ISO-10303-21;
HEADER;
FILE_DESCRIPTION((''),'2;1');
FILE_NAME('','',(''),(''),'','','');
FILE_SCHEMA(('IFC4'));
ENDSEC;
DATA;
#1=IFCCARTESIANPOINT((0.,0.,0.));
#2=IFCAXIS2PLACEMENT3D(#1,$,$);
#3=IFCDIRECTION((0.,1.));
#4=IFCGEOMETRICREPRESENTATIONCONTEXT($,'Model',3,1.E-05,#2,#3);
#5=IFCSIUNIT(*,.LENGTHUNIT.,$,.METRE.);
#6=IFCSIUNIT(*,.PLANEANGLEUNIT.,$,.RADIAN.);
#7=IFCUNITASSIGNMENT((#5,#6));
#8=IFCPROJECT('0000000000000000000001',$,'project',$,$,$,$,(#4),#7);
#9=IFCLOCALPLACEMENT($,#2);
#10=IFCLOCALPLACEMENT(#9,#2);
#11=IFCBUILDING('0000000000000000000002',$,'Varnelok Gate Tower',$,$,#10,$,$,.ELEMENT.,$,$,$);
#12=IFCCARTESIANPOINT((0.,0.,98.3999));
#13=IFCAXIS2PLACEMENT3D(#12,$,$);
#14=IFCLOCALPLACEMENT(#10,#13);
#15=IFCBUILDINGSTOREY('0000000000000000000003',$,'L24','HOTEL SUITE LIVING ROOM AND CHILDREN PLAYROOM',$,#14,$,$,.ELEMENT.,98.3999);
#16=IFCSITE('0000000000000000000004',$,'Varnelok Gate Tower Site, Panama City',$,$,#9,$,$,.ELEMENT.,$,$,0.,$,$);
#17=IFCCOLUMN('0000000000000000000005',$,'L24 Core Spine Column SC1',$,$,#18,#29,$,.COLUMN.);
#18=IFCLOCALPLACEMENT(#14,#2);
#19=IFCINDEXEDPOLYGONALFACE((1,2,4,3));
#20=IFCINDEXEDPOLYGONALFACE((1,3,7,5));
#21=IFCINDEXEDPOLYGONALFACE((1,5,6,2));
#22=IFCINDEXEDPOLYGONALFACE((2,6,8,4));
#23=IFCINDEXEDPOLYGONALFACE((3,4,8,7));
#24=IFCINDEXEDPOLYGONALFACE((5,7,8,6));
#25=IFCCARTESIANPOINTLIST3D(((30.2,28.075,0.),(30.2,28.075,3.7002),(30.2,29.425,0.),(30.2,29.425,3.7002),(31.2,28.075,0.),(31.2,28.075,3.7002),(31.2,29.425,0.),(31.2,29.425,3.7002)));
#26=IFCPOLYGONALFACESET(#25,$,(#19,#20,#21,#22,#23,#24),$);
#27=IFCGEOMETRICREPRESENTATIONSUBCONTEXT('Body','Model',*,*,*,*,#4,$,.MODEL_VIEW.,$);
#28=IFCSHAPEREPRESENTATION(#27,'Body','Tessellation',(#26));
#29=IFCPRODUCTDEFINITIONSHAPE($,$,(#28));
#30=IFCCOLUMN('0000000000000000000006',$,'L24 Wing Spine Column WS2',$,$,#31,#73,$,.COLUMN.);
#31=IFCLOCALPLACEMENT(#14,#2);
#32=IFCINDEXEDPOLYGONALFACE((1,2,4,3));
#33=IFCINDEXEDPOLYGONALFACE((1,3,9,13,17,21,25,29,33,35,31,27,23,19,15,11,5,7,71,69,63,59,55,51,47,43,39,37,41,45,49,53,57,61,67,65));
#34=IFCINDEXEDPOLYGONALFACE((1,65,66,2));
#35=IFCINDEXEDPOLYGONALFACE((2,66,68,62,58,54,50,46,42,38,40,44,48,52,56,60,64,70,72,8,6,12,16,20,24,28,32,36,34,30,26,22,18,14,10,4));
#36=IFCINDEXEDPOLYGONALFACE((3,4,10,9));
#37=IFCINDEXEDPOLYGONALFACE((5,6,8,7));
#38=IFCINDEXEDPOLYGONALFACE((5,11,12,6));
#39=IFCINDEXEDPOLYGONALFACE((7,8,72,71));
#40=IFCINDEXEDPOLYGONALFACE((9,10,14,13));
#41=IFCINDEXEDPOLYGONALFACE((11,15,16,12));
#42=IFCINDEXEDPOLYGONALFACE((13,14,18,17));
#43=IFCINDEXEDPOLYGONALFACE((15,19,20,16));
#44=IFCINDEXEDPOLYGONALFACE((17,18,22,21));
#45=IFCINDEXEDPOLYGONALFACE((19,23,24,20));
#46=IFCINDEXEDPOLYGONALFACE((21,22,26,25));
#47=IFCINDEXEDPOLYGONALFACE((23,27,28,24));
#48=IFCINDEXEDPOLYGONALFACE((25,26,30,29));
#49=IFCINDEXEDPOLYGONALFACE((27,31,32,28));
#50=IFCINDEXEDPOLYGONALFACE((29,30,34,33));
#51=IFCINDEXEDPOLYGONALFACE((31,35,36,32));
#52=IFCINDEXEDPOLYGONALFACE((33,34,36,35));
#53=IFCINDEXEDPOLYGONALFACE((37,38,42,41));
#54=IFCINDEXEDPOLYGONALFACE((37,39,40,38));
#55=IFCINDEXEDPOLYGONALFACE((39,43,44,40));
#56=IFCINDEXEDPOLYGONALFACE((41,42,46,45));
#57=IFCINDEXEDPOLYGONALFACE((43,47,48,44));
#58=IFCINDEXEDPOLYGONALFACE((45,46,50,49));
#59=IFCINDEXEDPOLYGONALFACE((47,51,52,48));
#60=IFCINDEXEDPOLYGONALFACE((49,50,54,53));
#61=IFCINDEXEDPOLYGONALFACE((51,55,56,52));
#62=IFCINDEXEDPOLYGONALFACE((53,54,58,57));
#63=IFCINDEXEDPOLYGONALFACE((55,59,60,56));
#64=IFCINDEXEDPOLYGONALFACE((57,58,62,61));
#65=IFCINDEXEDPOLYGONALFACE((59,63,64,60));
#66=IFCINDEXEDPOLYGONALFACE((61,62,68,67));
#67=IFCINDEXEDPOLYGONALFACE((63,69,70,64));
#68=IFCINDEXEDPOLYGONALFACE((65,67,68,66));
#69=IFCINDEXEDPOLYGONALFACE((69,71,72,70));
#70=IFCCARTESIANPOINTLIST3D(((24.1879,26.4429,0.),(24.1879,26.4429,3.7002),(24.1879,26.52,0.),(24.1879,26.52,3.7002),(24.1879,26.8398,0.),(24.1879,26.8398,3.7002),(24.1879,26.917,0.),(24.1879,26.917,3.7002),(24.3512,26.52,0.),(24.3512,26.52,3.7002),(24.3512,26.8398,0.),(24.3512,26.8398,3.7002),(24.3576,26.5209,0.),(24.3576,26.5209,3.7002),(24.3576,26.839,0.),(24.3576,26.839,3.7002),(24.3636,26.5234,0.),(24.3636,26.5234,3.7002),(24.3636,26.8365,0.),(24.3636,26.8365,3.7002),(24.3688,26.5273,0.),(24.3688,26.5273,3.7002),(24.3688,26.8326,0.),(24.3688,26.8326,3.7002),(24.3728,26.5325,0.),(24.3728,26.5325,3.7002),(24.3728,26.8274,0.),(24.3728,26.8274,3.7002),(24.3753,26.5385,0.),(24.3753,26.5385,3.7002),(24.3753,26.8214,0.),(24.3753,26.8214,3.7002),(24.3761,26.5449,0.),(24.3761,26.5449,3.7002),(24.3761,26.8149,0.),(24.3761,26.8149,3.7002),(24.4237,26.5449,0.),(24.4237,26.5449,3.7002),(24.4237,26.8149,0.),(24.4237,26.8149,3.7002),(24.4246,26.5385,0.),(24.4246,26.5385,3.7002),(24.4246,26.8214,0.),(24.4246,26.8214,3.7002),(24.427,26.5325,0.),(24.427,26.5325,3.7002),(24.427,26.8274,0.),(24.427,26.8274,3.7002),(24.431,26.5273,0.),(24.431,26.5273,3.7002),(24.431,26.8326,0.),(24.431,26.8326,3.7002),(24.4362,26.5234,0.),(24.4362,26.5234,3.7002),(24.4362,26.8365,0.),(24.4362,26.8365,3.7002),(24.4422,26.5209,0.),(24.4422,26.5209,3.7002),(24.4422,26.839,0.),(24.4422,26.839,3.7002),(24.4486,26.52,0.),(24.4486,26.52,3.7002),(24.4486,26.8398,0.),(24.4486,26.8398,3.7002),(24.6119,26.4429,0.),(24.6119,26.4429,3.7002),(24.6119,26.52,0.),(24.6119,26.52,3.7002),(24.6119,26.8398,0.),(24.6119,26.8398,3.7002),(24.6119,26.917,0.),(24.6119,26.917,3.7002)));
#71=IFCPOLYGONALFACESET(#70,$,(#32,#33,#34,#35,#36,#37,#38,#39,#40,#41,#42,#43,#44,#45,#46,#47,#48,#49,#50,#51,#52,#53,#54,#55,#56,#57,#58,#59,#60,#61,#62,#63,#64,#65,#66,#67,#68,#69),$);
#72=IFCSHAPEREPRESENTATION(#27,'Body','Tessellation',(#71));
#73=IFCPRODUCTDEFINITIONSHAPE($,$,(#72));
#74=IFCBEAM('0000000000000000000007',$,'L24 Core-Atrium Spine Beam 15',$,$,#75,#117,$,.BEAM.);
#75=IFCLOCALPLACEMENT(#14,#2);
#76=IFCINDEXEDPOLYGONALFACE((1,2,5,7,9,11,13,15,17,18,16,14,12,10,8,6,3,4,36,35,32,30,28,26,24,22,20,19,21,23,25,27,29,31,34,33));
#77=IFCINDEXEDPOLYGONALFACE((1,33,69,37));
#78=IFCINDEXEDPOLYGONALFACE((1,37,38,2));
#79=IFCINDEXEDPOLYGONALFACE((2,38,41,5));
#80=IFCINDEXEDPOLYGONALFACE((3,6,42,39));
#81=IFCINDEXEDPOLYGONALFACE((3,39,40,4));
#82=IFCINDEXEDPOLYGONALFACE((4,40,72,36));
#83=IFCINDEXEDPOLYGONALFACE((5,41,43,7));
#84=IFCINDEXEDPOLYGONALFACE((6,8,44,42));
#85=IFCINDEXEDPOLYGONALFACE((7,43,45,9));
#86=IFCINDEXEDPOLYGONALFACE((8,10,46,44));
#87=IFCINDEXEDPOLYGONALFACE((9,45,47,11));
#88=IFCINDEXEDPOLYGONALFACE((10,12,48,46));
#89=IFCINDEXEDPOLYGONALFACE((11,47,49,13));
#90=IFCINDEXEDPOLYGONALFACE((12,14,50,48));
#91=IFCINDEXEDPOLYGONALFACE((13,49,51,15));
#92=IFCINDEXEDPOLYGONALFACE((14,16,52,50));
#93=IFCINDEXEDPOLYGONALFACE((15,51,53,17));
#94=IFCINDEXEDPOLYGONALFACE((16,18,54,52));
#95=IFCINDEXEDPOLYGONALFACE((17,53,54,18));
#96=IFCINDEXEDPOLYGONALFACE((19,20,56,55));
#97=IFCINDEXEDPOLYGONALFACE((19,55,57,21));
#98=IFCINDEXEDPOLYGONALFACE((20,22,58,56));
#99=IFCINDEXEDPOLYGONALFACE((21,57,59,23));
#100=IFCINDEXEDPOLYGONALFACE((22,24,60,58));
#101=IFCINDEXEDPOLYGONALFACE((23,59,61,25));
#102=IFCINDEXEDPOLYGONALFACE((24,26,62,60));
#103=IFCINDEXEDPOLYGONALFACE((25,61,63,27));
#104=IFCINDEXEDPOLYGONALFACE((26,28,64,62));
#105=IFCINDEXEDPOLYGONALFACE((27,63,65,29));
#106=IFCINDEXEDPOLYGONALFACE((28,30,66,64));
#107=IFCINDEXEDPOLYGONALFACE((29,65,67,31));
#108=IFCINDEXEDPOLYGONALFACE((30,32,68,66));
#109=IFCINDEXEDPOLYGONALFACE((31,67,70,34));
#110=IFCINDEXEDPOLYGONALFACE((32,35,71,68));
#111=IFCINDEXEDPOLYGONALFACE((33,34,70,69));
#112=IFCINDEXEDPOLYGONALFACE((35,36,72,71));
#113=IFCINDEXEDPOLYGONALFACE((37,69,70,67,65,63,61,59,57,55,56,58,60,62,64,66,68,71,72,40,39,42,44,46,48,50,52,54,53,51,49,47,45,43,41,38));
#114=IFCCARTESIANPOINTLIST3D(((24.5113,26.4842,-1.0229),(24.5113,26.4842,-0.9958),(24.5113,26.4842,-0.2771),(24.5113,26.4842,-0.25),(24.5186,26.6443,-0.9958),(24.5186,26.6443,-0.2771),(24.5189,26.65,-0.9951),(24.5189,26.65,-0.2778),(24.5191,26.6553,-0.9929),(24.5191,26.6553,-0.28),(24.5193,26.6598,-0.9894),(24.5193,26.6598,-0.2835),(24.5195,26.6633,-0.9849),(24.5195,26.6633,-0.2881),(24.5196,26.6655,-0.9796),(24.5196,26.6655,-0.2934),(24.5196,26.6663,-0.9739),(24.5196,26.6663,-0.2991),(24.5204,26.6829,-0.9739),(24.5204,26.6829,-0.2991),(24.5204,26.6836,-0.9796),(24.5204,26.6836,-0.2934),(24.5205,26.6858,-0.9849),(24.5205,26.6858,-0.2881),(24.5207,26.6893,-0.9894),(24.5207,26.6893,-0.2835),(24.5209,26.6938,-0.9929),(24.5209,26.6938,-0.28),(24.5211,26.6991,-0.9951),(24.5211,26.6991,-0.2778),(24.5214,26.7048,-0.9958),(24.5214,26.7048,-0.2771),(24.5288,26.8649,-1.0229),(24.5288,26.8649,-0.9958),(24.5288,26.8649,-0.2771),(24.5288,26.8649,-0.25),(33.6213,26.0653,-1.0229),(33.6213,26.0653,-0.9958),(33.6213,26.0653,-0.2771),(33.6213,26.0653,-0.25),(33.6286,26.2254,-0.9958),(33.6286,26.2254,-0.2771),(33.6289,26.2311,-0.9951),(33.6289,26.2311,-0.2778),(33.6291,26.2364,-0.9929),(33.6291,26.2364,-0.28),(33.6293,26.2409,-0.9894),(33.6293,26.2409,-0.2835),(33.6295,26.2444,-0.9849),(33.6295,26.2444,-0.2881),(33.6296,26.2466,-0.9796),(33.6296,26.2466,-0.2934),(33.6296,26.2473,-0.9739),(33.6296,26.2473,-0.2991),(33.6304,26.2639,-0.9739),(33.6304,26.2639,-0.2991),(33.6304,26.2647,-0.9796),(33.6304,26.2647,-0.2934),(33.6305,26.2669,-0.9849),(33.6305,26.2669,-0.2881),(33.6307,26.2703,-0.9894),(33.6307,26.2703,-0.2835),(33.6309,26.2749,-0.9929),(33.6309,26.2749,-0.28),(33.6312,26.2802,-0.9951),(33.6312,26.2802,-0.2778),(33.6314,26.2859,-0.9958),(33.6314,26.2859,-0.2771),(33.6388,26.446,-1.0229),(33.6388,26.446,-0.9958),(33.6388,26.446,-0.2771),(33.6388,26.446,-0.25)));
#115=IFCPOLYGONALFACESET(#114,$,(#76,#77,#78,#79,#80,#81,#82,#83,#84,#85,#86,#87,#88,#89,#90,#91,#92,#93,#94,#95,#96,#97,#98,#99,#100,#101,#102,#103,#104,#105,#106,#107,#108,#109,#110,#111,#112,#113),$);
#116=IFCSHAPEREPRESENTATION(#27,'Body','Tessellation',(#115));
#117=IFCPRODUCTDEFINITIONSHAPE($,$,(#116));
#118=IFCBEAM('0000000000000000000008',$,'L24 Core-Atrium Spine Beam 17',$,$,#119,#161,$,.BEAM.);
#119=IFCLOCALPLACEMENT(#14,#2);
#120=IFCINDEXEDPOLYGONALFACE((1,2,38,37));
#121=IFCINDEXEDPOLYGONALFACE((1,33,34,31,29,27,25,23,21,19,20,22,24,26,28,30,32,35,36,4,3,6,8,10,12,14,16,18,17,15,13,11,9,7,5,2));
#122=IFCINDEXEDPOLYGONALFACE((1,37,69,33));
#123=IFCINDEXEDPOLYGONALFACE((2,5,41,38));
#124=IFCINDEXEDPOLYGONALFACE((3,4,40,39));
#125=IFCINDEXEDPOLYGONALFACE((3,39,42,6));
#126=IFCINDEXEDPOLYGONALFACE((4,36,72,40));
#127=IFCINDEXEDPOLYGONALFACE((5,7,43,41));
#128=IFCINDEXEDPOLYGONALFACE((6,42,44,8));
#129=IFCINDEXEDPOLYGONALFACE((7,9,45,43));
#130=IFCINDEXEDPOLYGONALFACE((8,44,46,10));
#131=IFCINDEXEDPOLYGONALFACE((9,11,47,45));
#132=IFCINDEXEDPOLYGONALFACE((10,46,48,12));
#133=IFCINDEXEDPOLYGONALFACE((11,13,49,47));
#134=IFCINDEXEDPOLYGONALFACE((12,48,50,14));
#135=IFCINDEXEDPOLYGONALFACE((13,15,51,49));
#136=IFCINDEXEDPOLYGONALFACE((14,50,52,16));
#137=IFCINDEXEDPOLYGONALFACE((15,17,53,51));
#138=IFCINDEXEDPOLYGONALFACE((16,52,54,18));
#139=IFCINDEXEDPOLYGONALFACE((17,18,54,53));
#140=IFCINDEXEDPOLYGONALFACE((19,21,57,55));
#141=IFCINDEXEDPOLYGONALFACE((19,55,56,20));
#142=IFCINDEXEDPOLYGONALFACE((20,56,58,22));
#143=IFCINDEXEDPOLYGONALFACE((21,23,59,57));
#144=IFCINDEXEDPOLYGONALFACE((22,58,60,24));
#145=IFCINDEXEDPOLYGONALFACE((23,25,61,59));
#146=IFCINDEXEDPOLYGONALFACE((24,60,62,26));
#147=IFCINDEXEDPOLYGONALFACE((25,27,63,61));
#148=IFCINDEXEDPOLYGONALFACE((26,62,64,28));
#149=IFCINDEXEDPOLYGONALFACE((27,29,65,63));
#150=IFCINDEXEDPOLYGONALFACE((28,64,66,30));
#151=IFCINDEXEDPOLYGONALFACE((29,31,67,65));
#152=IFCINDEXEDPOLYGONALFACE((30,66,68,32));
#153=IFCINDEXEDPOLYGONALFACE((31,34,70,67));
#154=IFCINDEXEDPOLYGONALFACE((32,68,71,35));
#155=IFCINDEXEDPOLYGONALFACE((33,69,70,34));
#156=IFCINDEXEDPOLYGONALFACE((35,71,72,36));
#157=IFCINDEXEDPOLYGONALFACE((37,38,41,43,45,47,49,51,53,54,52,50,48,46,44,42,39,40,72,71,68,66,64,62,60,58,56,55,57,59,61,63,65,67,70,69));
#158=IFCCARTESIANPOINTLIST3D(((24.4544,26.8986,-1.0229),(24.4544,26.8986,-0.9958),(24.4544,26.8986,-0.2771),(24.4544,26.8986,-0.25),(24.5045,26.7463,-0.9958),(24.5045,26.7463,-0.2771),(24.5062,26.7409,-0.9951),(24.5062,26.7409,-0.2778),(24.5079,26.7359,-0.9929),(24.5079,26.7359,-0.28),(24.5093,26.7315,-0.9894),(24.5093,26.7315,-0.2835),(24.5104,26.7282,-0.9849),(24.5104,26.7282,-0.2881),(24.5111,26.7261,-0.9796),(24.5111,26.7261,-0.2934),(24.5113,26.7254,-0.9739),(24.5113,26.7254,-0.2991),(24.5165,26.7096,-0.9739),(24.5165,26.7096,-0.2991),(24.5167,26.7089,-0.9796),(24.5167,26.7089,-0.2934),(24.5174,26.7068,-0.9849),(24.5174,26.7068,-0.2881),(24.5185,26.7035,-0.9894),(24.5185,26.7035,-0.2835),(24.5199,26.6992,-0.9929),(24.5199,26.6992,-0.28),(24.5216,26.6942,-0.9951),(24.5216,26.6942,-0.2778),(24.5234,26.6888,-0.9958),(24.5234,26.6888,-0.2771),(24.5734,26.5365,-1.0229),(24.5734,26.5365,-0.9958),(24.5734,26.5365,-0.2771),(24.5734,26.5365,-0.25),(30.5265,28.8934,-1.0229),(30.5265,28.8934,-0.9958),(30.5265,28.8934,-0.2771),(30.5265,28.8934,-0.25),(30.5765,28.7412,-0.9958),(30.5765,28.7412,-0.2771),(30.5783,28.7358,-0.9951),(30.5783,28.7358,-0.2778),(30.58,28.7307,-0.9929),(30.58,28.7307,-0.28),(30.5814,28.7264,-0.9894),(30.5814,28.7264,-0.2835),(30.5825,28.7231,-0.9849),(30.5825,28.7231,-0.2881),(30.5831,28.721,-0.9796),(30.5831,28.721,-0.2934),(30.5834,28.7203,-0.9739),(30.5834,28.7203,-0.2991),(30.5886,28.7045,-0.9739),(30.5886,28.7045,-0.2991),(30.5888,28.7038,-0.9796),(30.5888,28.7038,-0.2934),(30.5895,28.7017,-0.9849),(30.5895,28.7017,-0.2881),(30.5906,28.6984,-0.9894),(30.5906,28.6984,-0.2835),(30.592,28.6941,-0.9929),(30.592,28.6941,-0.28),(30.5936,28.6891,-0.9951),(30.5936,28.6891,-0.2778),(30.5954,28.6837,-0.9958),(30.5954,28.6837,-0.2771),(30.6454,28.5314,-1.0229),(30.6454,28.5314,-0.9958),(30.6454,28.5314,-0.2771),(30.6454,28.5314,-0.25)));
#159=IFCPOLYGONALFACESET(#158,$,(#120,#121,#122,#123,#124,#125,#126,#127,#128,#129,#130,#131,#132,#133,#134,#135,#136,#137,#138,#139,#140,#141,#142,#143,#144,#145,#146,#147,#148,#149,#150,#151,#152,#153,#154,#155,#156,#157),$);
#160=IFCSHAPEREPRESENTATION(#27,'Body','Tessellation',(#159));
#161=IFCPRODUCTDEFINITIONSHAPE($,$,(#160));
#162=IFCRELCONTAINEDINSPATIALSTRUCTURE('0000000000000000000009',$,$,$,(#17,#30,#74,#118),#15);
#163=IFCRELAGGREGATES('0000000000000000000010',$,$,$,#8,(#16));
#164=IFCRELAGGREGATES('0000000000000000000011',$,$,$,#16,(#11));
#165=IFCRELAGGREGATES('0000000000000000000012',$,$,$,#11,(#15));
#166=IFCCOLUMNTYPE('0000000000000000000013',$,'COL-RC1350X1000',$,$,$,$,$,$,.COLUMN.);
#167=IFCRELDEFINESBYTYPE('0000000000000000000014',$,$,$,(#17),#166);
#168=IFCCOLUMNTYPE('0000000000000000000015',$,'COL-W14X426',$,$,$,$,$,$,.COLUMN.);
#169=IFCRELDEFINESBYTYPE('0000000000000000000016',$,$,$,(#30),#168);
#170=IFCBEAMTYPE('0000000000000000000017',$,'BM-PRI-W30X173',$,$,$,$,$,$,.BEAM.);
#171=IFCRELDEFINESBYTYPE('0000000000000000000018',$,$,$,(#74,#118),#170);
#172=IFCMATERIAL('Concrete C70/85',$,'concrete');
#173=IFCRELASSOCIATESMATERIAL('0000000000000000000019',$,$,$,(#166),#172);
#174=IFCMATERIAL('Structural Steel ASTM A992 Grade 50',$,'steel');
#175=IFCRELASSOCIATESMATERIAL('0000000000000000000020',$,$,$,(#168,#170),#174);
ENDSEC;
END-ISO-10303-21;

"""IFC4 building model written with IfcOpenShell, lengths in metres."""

from ifc_helpers import new_model, si_unit, direction, frame, origin, origin_2d, place, context, subcontext, project, spatial, rectangle, i_section, extrude, material, material_profile, profile_set, type_object, element, save


model = new_model("IFC4")

# Units and contexts
model_context = context("Model", 3, precision=1e-05, world=origin(), true_north=direction((0.0, 1.0)))
body_context = subcontext(model_context, "Body", "Model", "MODEL_VIEW")
ifc_project = project(units=[si_unit("LENGTHUNIT", "METRE"), si_unit("PLANEANGLEUNIT", "RADIAN")], contexts=[model_context])

# Site, building, storey
site_placement = place(None, origin())
site = spatial("IfcSite", under=ifc_project, at=site_placement, Name="Varnelok Gate Tower Site, Panama City", CompositionType="ELEMENT", RefElevation=0.0)
building_placement = place(site_placement, origin())
building = spatial("IfcBuilding", under=site, at=building_placement, Name="Varnelok Gate Tower", CompositionType="ELEMENT")
storey_placement = place(building_placement, frame((0.0, 0.0, 98.3999)))
storey = spatial("IfcBuildingStorey", under=building, at=storey_placement, Name="L24", Description="HOTEL SUITE LIVING ROOM AND CHILDREN PLAYROOM", CompositionType="ELEMENT", Elevation=98.3999)

# Columns
ifc_material_1 = material(Name="Concrete C70/85", Category="concrete")
ifc_material_profile_1 = material_profile(ifc_material_1, rectangle(XDim=1.0, YDim=1.3501, at=origin_2d()), Name="RC1350X1000")
ifc_profile_set_1 = profile_set([ifc_material_profile_1], Name="Concrete C70/85")
column_type_1 = type_object("IfcColumnType", Name="COL-RC1350X1000", PredefinedType="COLUMN", material=ifc_profile_set_1)
column_1_placement = place(storey_placement, frame((30.7, 28.75, 0.0), z_axis=(0.0, 0.0, 1.0), x_axis=(1.0, 0.0, 0.0)))
element("IfcColumn", 1, at=column_1_placement, inside=storey, type_object=column_type_1, Name="L24 Core Spine Column SC1", PredefinedType="COLUMN", context=body_context, shape_type="SweptSolid", body=[
    extrude(rectangle(XDim=1.0, YDim=1.3501, at=origin_2d()), origin(), (0.0, 0.0, 1.0), 3.7002),
])
ifc_material_2 = material(Name="Structural Steel ASTM A992 Grade 50", Category="steel")
ifc_material_profile_2 = material_profile(ifc_material_2, i_section(OverallWidth=0.4241, OverallDepth=0.4741, WebThickness=0.0476, FlangeThickness=0.0771, FilletRadius=0.0249, at=origin_2d()), Name="W14X426")
ifc_profile_set_2 = profile_set([ifc_material_profile_2], Name="Structural Steel ASTM A992 Grade 50")
column_type_2 = type_object("IfcColumnType", Name="COL-W14X426", PredefinedType="COLUMN", material=ifc_profile_set_2)
column_2_placement = place(storey_placement, frame((24.3999, 26.6799, 0.0), z_axis=(0.0, 0.0, 1.0), x_axis=(1.0, 0.0, 0.0)))
element("IfcColumn", 2, at=column_2_placement, inside=storey, type_object=column_type_2, Name="L24 Wing Spine Column WS2", PredefinedType="COLUMN", context=body_context, shape_type="SweptSolid", body=[
    extrude(i_section(OverallWidth=0.4241, OverallDepth=0.4741, WebThickness=0.0476, FlangeThickness=0.0771, FilletRadius=0.0249, at=origin_2d()), origin(), (0.0, 0.0, 1.0), 3.7002),
])

# Beams
ifc_material_profile_3 = material_profile(ifc_material_2, i_section(OverallWidth=0.3811, OverallDepth=0.7729, WebThickness=0.0166, FlangeThickness=0.0271, FilletRadius=0.022, at=origin_2d()), Name="W30X173")
ifc_profile_set_3 = profile_set([ifc_material_profile_3], Name="Structural Steel ASTM A992 Grade 50")
beam_type_1 = type_object("IfcBeamType", Name="BM-PRI-W30X173", PredefinedType="BEAM", material=ifc_profile_set_3)
beam_1_placement = place(storey_placement, frame((24.52, 26.6746, -0.6365), z_axis=(0.998944, -0.045938, 0.0), x_axis=(0.045938, 0.998944, 0.0)))
element("IfcBeam", 3, at=beam_1_placement, inside=storey, type_object=beam_type_1, Name="L24 Core-Atrium Spine Beam 15", PredefinedType="BEAM", context=body_context, shape_type="SweptSolid", body=[
    extrude(i_section(OverallWidth=0.3811, OverallDepth=0.7729, WebThickness=0.0166, FlangeThickness=0.0271, FilletRadius=0.022, at=origin_2d()), origin(), (0.0, 0.0, 1.0), 9.1196),
])
beam_2_placement = place(storey_placement, frame((24.5139, 26.7175, -0.6365), z_axis=(0.950042, 0.312122, 0.0), x_axis=(-0.312122, 0.950042, 0.0)))
element("IfcBeam", 4, at=beam_2_placement, inside=storey, type_object=beam_type_1, Name="L24 Core-Atrium Spine Beam 17", PredefinedType="BEAM", context=body_context, shape_type="SweptSolid", body=[
    extrude(i_section(OverallWidth=0.3811, OverallDepth=0.7729, WebThickness=0.0166, FlangeThickness=0.0271, FilletRadius=0.022, at=origin_2d()), origin(), (0.0, 0.0, 1.0), 6.3914),
])

save(model, "model.ifc")
